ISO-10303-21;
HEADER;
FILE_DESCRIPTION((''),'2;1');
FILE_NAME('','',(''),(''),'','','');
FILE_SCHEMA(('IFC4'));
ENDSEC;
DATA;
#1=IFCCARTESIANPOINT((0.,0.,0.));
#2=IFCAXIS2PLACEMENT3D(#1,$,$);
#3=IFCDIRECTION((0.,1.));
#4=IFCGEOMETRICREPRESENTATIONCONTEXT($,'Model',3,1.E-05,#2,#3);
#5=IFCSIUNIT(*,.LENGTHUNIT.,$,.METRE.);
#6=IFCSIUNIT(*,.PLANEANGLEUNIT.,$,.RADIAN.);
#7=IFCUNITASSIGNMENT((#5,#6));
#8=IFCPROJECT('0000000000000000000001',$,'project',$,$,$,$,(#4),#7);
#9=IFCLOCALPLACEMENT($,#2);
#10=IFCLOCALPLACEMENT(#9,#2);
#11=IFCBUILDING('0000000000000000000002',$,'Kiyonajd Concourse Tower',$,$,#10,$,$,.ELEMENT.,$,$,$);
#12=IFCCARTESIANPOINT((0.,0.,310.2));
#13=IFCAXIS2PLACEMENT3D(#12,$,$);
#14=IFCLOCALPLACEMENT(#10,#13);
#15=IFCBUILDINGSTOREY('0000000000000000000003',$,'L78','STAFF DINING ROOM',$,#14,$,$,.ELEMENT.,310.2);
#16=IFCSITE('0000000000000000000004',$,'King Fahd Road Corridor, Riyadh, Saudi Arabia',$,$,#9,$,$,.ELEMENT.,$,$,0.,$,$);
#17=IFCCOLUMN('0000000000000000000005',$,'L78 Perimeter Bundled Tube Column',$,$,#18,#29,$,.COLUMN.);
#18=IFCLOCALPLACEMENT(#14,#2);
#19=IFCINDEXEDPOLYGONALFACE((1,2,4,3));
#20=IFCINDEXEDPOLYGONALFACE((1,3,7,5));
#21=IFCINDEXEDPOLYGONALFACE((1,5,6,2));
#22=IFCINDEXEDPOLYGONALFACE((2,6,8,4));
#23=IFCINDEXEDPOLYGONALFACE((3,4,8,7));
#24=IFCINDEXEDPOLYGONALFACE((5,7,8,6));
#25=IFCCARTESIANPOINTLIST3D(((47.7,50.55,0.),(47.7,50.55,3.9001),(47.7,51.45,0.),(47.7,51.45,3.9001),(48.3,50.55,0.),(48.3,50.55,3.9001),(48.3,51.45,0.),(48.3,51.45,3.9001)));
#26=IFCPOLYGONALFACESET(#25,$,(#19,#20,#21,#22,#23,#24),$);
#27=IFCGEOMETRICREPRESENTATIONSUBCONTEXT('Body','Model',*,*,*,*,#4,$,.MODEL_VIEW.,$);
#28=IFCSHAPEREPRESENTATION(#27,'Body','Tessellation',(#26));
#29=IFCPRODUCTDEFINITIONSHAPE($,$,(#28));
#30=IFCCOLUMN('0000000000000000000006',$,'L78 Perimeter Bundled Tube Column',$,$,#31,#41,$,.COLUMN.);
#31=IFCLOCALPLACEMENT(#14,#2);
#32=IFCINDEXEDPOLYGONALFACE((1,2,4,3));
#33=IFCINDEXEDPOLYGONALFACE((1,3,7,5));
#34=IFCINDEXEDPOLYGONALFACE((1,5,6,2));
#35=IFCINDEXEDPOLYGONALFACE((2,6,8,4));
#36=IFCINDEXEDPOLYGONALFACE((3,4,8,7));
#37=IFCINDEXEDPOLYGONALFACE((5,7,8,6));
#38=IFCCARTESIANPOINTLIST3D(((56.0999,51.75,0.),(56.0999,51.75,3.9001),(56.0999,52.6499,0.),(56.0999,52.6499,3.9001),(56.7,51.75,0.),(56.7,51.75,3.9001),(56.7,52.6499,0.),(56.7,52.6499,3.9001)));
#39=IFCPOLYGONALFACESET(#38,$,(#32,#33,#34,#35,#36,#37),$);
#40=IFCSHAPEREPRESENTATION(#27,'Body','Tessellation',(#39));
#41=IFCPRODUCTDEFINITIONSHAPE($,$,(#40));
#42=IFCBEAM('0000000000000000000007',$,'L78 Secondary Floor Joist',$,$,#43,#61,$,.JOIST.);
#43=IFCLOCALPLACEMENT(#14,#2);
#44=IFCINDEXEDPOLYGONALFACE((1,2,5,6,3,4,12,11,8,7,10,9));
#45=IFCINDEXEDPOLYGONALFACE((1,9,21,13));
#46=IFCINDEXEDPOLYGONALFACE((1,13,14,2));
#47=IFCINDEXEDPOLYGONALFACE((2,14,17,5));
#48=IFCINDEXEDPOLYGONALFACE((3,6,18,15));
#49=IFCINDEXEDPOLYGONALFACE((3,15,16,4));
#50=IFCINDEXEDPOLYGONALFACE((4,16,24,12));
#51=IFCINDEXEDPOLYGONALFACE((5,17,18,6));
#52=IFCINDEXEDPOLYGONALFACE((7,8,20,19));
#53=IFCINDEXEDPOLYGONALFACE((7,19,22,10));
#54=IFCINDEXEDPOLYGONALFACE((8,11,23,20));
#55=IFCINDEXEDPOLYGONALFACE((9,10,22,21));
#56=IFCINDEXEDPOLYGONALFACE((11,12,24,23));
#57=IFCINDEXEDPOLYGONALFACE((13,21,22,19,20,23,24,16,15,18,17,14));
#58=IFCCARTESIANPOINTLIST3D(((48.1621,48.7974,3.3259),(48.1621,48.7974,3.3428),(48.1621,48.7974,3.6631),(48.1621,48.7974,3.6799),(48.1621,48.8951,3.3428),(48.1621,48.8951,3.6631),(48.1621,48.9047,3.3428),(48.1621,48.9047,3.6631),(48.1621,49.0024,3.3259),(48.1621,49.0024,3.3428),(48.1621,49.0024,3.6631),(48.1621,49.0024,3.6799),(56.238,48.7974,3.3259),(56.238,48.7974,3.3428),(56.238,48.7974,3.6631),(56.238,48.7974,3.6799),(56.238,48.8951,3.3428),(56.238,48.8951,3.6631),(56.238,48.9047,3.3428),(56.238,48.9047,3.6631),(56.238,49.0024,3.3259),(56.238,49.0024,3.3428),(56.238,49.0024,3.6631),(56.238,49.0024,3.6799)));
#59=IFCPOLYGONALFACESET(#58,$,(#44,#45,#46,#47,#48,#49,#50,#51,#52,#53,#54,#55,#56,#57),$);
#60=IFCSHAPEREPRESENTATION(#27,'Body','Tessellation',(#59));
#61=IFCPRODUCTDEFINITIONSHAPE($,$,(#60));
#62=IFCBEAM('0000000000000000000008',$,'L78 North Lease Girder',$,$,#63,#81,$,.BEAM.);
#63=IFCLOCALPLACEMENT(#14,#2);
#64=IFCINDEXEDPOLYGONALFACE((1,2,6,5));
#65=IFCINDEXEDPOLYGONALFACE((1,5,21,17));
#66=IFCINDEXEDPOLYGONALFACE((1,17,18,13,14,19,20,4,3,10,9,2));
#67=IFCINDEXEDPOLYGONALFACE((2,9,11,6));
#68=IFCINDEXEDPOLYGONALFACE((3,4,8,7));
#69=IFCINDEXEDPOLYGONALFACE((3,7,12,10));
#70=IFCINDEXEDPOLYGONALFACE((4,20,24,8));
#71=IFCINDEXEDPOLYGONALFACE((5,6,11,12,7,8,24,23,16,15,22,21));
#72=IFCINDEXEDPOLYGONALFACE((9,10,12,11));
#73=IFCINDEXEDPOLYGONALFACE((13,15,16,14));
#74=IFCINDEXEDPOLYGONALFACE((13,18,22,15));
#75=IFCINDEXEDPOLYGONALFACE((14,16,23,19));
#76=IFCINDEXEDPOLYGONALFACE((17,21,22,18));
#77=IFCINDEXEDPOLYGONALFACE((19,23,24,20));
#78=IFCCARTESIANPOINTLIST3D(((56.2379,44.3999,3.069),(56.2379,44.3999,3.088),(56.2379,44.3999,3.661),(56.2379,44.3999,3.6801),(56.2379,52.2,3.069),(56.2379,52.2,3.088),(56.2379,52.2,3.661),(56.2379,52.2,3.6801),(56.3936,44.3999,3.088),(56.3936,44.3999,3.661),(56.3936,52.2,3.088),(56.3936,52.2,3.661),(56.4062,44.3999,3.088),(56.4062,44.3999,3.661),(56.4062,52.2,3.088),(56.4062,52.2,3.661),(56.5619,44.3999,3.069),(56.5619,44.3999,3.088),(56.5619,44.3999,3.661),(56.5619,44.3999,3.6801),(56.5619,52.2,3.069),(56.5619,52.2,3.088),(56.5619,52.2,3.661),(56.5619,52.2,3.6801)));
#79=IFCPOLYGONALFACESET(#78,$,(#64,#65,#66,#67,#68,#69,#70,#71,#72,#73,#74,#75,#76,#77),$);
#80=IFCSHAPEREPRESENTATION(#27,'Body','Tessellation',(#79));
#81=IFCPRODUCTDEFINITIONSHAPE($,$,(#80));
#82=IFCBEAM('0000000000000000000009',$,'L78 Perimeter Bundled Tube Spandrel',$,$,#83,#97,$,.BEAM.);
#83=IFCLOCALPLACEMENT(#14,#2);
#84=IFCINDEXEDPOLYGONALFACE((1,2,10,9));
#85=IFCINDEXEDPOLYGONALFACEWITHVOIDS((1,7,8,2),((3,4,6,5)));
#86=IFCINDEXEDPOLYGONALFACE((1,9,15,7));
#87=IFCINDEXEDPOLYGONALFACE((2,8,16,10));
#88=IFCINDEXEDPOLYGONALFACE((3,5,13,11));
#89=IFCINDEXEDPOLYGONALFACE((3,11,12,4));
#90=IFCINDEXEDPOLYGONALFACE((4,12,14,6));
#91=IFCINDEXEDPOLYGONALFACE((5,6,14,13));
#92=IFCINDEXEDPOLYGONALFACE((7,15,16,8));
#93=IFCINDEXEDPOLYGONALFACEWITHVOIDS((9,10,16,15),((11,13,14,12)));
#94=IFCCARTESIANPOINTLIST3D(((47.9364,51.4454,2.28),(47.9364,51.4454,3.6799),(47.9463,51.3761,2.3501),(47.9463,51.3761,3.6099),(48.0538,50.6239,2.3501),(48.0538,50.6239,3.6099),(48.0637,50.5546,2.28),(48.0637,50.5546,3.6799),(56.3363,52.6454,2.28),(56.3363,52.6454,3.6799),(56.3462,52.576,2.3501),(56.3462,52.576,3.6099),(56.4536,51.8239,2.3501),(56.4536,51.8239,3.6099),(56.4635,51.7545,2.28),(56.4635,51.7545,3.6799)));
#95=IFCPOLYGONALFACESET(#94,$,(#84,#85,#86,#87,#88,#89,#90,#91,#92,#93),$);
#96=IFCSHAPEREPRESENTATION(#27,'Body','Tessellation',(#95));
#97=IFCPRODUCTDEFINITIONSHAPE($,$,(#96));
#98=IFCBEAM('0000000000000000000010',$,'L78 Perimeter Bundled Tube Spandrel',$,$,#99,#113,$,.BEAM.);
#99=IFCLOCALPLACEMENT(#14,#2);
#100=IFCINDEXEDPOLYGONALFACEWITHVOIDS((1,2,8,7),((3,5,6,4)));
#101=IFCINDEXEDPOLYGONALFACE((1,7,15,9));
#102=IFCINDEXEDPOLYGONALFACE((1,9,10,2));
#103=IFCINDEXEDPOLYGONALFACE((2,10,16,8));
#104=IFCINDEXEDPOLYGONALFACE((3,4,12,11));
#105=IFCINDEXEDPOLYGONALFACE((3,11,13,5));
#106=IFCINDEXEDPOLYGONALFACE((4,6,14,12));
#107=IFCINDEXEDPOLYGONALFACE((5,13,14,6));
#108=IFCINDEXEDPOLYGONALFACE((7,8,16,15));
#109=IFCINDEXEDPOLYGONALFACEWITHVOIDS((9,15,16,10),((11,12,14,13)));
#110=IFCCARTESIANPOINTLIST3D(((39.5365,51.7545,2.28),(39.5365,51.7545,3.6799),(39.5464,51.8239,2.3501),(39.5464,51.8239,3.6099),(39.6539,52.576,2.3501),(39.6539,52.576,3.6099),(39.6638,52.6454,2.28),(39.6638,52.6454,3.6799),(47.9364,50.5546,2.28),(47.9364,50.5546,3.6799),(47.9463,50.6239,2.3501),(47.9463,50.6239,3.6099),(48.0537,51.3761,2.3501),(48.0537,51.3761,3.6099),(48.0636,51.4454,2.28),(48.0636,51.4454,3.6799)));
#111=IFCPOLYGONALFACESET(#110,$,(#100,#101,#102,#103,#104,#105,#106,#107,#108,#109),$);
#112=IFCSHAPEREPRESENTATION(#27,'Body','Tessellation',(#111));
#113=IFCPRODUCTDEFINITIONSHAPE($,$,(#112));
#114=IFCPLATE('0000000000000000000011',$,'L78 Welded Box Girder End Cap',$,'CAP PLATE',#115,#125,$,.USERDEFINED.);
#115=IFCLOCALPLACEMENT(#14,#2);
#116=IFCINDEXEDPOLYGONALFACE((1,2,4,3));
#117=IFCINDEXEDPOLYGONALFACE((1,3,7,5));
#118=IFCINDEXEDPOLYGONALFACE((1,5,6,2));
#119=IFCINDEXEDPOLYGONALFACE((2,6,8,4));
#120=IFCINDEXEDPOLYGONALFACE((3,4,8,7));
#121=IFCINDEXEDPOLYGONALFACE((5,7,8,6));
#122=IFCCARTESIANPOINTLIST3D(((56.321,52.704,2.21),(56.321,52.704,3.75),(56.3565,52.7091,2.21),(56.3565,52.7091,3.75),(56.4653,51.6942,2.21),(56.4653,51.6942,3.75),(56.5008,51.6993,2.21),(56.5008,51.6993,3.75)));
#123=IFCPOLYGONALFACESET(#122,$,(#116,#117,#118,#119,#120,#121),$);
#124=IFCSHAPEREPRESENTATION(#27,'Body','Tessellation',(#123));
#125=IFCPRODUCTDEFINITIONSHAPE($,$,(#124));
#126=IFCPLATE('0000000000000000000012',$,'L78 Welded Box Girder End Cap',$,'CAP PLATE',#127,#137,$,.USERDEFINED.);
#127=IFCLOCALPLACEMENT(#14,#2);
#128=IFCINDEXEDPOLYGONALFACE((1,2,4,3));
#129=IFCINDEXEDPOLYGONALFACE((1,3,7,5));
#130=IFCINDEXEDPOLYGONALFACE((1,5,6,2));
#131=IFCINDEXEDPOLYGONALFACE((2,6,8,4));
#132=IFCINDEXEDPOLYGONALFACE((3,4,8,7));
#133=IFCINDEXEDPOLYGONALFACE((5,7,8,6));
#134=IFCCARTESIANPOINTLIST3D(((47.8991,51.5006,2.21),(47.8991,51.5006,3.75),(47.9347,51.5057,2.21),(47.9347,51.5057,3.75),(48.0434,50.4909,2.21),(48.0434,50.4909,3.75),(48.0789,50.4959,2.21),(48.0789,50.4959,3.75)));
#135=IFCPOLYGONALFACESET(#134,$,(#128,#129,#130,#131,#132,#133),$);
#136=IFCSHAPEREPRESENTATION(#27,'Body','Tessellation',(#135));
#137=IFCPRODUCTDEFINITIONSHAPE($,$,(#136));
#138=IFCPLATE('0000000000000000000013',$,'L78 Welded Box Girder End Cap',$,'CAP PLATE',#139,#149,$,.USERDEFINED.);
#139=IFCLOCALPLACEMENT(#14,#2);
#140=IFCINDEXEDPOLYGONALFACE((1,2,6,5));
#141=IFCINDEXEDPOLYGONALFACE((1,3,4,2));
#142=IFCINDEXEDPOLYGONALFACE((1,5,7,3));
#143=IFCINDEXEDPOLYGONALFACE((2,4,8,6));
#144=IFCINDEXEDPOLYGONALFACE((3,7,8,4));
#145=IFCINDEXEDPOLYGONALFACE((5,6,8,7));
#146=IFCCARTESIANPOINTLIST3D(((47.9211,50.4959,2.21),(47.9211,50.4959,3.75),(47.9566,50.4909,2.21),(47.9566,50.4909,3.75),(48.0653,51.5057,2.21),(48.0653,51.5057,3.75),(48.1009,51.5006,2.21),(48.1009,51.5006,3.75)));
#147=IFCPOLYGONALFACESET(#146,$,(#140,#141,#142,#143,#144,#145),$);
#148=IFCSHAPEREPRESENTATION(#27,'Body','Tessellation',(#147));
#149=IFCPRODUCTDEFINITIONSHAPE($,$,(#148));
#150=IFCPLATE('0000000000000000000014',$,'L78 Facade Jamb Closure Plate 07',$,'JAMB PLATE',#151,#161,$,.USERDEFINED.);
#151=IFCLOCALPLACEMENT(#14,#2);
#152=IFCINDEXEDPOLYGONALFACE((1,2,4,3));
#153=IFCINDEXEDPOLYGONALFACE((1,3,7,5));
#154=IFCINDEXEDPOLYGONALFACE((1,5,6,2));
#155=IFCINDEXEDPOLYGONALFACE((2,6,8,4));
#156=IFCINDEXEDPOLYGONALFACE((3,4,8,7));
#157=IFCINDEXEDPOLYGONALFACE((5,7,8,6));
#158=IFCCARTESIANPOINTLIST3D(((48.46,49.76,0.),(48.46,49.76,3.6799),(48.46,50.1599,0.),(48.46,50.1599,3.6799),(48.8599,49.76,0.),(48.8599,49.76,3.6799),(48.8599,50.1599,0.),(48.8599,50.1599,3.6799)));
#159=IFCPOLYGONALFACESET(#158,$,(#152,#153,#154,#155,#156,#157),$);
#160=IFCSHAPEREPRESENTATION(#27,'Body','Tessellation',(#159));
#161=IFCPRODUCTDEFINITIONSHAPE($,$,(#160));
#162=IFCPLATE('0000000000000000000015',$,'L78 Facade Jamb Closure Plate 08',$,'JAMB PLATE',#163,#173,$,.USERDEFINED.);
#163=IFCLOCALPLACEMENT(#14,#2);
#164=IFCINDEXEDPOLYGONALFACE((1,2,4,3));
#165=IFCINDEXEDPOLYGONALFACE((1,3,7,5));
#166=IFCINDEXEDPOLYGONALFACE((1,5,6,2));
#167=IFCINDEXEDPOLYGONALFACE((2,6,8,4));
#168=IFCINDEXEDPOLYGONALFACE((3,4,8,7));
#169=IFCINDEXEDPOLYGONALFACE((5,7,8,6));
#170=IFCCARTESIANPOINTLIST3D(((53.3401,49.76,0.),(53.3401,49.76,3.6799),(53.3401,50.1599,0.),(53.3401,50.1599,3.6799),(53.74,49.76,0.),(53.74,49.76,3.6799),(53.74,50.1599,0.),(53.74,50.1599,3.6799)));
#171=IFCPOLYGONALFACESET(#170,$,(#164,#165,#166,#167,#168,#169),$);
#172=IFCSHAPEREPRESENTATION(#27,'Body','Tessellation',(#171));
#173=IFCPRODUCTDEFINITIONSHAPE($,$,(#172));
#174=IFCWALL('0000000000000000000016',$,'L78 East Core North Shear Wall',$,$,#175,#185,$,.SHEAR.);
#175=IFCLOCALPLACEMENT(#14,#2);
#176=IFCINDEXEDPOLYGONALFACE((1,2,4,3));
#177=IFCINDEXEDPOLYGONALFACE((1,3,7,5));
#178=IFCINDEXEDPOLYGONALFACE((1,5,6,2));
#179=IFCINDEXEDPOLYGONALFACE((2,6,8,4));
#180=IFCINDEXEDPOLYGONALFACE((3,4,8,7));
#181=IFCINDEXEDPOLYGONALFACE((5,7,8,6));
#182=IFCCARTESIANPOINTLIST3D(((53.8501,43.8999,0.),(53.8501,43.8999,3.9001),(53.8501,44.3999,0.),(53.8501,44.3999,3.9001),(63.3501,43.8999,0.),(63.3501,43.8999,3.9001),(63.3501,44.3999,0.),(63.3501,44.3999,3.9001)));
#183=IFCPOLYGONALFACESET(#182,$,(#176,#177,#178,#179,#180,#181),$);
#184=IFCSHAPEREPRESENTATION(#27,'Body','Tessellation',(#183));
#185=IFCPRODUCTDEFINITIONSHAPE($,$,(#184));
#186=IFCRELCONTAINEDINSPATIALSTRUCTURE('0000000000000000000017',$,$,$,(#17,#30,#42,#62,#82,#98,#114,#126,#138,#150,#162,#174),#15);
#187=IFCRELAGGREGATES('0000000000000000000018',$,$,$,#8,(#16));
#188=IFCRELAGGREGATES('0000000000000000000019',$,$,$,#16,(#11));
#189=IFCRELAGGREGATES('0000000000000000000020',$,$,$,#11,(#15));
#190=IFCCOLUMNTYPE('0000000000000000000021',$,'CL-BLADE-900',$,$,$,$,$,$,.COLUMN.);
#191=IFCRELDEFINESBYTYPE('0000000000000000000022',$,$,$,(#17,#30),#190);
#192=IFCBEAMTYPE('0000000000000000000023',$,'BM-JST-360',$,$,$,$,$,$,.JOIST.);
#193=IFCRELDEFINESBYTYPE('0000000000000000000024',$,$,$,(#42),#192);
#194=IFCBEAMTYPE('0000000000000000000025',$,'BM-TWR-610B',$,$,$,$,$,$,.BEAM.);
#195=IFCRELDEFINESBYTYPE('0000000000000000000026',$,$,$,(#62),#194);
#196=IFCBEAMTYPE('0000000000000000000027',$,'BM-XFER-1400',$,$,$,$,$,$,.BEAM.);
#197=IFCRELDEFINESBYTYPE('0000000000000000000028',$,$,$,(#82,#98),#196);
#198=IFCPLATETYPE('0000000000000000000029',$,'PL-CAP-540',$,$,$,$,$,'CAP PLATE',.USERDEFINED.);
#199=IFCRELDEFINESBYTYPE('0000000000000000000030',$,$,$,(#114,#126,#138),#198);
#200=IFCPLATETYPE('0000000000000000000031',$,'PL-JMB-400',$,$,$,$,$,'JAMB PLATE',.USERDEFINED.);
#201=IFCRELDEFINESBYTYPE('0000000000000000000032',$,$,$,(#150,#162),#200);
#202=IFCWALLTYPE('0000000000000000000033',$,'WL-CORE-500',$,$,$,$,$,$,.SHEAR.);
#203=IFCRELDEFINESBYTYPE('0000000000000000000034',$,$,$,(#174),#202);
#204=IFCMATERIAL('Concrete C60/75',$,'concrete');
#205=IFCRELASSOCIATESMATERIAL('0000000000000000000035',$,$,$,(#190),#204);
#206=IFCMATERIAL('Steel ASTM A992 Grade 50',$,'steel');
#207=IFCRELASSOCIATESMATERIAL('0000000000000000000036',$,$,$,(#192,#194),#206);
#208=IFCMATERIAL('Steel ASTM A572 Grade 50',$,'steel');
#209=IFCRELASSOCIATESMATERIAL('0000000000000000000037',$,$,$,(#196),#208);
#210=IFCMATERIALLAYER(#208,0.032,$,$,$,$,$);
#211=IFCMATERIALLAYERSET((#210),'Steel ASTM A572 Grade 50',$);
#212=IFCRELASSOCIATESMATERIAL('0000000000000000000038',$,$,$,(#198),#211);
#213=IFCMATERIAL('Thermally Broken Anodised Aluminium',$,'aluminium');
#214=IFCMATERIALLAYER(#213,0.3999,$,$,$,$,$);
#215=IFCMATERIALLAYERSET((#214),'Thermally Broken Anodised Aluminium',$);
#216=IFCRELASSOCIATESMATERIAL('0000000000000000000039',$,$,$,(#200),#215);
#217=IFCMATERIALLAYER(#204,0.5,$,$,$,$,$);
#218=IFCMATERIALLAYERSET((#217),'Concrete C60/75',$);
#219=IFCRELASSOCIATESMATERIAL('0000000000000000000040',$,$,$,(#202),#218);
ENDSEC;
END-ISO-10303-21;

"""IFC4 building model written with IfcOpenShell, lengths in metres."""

from ifc_helpers import new_model, si_unit, direction, frame, frame_2d, origin, origin_2d, place, context, subcontext, project, spatial, rectangle, hollow_rectangle, i_section, extrude, material, layer, layer_set, material_profile, profile_set, type_object, element, save


model = new_model("IFC4")

# Units and contexts
model_context = context("Model", 3, precision=1e-05, world=origin(), true_north=direction((0.0, 1.0)))
body_context = subcontext(model_context, "Body", "Model", "MODEL_VIEW")
ifc_project = project(units=[si_unit("LENGTHUNIT", "METRE"), si_unit("PLANEANGLEUNIT", "RADIAN")], contexts=[model_context])

# Site, building, storey
site_placement = place(None, origin())
site = spatial("IfcSite", under=ifc_project, at=site_placement, Name="King Fahd Road Corridor, Riyadh, Saudi Arabia", CompositionType="ELEMENT", RefElevation=0.0)
building_placement = place(site_placement, origin())
building = spatial("IfcBuilding", under=site, at=building_placement, Name="Kiyonajd Concourse Tower", CompositionType="ELEMENT")
storey_placement = place(building_placement, frame((0.0, 0.0, 310.2)))
storey = spatial("IfcBuildingStorey", under=building, at=storey_placement, Name="L78", Description="STAFF DINING ROOM", CompositionType="ELEMENT", Elevation=310.2)

# Columns
ifc_material_1 = material(Name="Concrete C60/75", Category="concrete")
ifc_material_profile_1 = material_profile(ifc_material_1, rectangle(XDim=0.6001, YDim=0.8999, at=origin_2d()), Name="RC-900x600")
ifc_profile_set_1 = profile_set([ifc_material_profile_1], Name="Concrete C60/75")
column_type = type_object("IfcColumnType", Name="CL-BLADE-900", PredefinedType="COLUMN", material=ifc_profile_set_1)
for number, where, z_axis, x_axis, name in (
    (1, (48.0, 51.0, 0.0), (0.0, 0.0, 1.0), (1.0, 0.0, 0.0), "L78 Perimeter Bundled Tube Column"),
    (2, (56.3999, 52.2, 0.0), (0.0, 0.0, 1.0), (1.0, 0.0, 0.0), "L78 Perimeter Bundled Tube Column"),
):
    element("IfcColumn", number, at=place(storey_placement, frame(where, z_axis=z_axis, x_axis=x_axis)), inside=storey, type_object=column_type, Name=name, PredefinedType="COLUMN", context=body_context, shape_type="SweptSolid", body=[
        extrude(rectangle(XDim=0.6001, YDim=0.8999, at=origin_2d()), origin(), (0.0, 0.0, 1.0), 3.9001),
    ])

# Beams
ifc_material_2 = material(Name="Steel ASTM A992 Grade 50", Category="steel")
ifc_material_profile_2 = material_profile(ifc_material_2, i_section(OverallWidth=0.2051, OverallDepth=0.354, WebThickness=0.0095, FlangeThickness=0.0168, at=origin_2d()), Name="W360X79")
ifc_profile_set_2 = profile_set([ifc_material_profile_2], Name="Steel ASTM A992 Grade 50")
beam_type_1 = type_object("IfcBeamType", Name="BM-JST-360", PredefinedType="JOIST", material=ifc_profile_set_2)
beam_1_placement = place(storey_placement, frame((48.1621, 48.8999, 3.5029), z_axis=(1.0, 0.0, 0.0), x_axis=(0.0, 1.0, 0.0)))
element("IfcBeam", 3, at=beam_1_placement, inside=storey, type_object=beam_type_1, Name="L78 Secondary Floor Joist", PredefinedType="JOIST", context=body_context, shape_type="SweptSolid", body=[
    extrude(i_section(OverallWidth=0.2051, OverallDepth=0.354, WebThickness=0.0095, FlangeThickness=0.0168, at=origin_2d()), origin(), (0.0, 0.0, 1.0), 8.0759),
])
ifc_material_profile_3 = material_profile(ifc_material_2, i_section(OverallWidth=0.324, OverallDepth=0.6111, WebThickness=0.0127, FlangeThickness=0.019, at=origin_2d()), Name="W610X155")
ifc_profile_set_3 = profile_set([ifc_material_profile_3], Name="Steel ASTM A992 Grade 50")
beam_type_2 = type_object("IfcBeamType", Name="BM-TWR-610B", PredefinedType="BEAM", material=ifc_profile_set_3)
beam_2_placement = place(storey_placement, frame((56.3999, 44.3999, 3.3745), z_axis=(0.0, 1.0, 0.0), x_axis=(-1.0, 0.0, 0.0)))
element("IfcBeam", 4, at=beam_2_placement, inside=storey, type_object=beam_type_2, Name="L78 North Lease Girder", PredefinedType="BEAM", context=body_context, shape_type="SweptSolid", body=[
    extrude(i_section(OverallWidth=0.324, OverallDepth=0.6111, WebThickness=0.0127, FlangeThickness=0.019, at=origin_2d()), origin(), (0.0, 0.0, 1.0), 7.8),
])
ifc_material_3 = material(Name="Steel ASTM A572 Grade 50", Category="steel")
ifc_material_profile_4 = material_profile(ifc_material_3, hollow_rectangle(XDim=0.8999, YDim=1.3999, WallThickness=0.0701, at=origin_2d()), Name="BOX-1400x900x70")
ifc_profile_set_4 = profile_set([ifc_material_profile_4], Name="Steel ASTM A572 Grade 50")
beam_type_3 = type_object("IfcBeamType", Name="BM-XFER-1400", PredefinedType="BEAM", material=ifc_profile_set_4)
for number, where, z_axis, x_axis, name in (
    (5, (56.3999, 52.2, 2.98), (-0.98995, -0.141417, 0.0), (0.141417, -0.98995, 0.0), "L78 Perimeter Bundled Tube Spandrel"),
    (6, (48.0, 51.0, 2.98), (-0.98995, 0.141417, 0.0), (-0.141417, -0.98995, 0.0), "L78 Perimeter Bundled Tube Spandrel"),
):
    element("IfcBeam", number, at=place(storey_placement, frame(where, z_axis=z_axis, x_axis=x_axis)), inside=storey, type_object=beam_type_3, Name=name, PredefinedType="BEAM", context=body_context, shape_type="SweptSolid", body=[
        extrude(hollow_rectangle(XDim=0.8999, YDim=1.3999, WallThickness=0.0701, at=origin_2d()), origin(), (0.0, 0.0, 1.0), 8.4851),
    ])

# Plates
ifc_layer_1 = layer(ifc_material_3, 0.032)
ifc_layer_set_1 = layer_set([ifc_layer_1], Name="Steel ASTM A572 Grade 50")
plate_type_1 = type_object("IfcPlateType", Name="PL-CAP-540", ElementType="CAP PLATE", PredefinedType="USERDEFINED", material=ifc_layer_set_1)
for number, where, z_axis, x_axis, name in (
    (7, (56.4109, 52.2017, 2.21), (0.0, 0.0, 1.0), (0.98995, 0.14142, 0.0), "L78 Welded Box Girder End Cap"),
    (8, (47.989, 50.9983, 2.21), (0.0, 0.0, 1.0), (-0.98995, -0.14142, 0.0), "L78 Welded Box Girder End Cap"),
    (9, (48.011, 50.9983, 2.21), (0.0, 0.0, 1.0), (0.98995, -0.14142, 0.0), "L78 Welded Box Girder End Cap"),
):
    element("IfcPlate", number, at=place(storey_placement, frame(where, z_axis=z_axis, x_axis=x_axis)), inside=storey, type_object=plate_type_1, Name=name, ObjectType="CAP PLATE", PredefinedType="USERDEFINED", context=body_context, shape_type="SweptSolid", body=[
        extrude(rectangle(XDim=0.0359, YDim=1.02, at=origin_2d()), origin(), (0.0, 0.0, 1.0), 1.54),
    ])
ifc_material_4 = material(Name="Thermally Broken Anodised Aluminium", Category="aluminium")
ifc_layer_2 = layer(ifc_material_4, 0.3999)
ifc_layer_set_2 = layer_set([ifc_layer_2], Name="Thermally Broken Anodised Aluminium")
plate_type_2 = type_object("IfcPlateType", Name="PL-JMB-400", ElementType="JAMB PLATE", PredefinedType="USERDEFINED", material=ifc_layer_set_2)
for number, where, z_axis, x_axis, name in (
    (10, (48.6599, 49.96, 0.0), (0.0, 0.0, 1.0), (1.0, 0.0, 0.0), "L78 Facade Jamb Closure Plate 07"),
    (11, (53.54, 49.96, 0.0), (0.0, 0.0, 1.0), (1.0, 0.0, 0.0), "L78 Facade Jamb Closure Plate 08"),
):
    element("IfcPlate", number, at=place(storey_placement, frame(where, z_axis=z_axis, x_axis=x_axis)), inside=storey, type_object=plate_type_2, Name=name, ObjectType="JAMB PLATE", PredefinedType="USERDEFINED", context=body_context, shape_type="SweptSolid", body=[
        extrude(rectangle(XDim=0.3999, YDim=0.3999, at=origin_2d()), origin(), (0.0, 0.0, 1.0), 3.6799),
    ])

# Wall
ifc_layer_3 = layer(ifc_material_1, 0.5)
ifc_layer_set_3 = layer_set([ifc_layer_3], Name="Concrete C60/75")
wall_type_1 = type_object("IfcWallType", Name="WL-CORE-500", PredefinedType="SHEAR", material=ifc_layer_set_3)
wall_1_placement = place(storey_placement, frame((53.8501, 44.1499, 0.0), z_axis=(0.0, 0.0, 1.0), x_axis=(1.0, 0.0, 0.0)))
element("IfcWall", 12, at=wall_1_placement, inside=storey, type_object=wall_type_1, Name="L78 East Core North Shear Wall", PredefinedType="SHEAR", context=body_context, shape_type="SweptSolid", body=[
    extrude(rectangle(XDim=9.5, YDim=0.5, at=frame_2d((4.75, 0.0))), origin(), (0.0, 0.0, 1.0), 3.9001),
])

save(model, "model.ifc")
